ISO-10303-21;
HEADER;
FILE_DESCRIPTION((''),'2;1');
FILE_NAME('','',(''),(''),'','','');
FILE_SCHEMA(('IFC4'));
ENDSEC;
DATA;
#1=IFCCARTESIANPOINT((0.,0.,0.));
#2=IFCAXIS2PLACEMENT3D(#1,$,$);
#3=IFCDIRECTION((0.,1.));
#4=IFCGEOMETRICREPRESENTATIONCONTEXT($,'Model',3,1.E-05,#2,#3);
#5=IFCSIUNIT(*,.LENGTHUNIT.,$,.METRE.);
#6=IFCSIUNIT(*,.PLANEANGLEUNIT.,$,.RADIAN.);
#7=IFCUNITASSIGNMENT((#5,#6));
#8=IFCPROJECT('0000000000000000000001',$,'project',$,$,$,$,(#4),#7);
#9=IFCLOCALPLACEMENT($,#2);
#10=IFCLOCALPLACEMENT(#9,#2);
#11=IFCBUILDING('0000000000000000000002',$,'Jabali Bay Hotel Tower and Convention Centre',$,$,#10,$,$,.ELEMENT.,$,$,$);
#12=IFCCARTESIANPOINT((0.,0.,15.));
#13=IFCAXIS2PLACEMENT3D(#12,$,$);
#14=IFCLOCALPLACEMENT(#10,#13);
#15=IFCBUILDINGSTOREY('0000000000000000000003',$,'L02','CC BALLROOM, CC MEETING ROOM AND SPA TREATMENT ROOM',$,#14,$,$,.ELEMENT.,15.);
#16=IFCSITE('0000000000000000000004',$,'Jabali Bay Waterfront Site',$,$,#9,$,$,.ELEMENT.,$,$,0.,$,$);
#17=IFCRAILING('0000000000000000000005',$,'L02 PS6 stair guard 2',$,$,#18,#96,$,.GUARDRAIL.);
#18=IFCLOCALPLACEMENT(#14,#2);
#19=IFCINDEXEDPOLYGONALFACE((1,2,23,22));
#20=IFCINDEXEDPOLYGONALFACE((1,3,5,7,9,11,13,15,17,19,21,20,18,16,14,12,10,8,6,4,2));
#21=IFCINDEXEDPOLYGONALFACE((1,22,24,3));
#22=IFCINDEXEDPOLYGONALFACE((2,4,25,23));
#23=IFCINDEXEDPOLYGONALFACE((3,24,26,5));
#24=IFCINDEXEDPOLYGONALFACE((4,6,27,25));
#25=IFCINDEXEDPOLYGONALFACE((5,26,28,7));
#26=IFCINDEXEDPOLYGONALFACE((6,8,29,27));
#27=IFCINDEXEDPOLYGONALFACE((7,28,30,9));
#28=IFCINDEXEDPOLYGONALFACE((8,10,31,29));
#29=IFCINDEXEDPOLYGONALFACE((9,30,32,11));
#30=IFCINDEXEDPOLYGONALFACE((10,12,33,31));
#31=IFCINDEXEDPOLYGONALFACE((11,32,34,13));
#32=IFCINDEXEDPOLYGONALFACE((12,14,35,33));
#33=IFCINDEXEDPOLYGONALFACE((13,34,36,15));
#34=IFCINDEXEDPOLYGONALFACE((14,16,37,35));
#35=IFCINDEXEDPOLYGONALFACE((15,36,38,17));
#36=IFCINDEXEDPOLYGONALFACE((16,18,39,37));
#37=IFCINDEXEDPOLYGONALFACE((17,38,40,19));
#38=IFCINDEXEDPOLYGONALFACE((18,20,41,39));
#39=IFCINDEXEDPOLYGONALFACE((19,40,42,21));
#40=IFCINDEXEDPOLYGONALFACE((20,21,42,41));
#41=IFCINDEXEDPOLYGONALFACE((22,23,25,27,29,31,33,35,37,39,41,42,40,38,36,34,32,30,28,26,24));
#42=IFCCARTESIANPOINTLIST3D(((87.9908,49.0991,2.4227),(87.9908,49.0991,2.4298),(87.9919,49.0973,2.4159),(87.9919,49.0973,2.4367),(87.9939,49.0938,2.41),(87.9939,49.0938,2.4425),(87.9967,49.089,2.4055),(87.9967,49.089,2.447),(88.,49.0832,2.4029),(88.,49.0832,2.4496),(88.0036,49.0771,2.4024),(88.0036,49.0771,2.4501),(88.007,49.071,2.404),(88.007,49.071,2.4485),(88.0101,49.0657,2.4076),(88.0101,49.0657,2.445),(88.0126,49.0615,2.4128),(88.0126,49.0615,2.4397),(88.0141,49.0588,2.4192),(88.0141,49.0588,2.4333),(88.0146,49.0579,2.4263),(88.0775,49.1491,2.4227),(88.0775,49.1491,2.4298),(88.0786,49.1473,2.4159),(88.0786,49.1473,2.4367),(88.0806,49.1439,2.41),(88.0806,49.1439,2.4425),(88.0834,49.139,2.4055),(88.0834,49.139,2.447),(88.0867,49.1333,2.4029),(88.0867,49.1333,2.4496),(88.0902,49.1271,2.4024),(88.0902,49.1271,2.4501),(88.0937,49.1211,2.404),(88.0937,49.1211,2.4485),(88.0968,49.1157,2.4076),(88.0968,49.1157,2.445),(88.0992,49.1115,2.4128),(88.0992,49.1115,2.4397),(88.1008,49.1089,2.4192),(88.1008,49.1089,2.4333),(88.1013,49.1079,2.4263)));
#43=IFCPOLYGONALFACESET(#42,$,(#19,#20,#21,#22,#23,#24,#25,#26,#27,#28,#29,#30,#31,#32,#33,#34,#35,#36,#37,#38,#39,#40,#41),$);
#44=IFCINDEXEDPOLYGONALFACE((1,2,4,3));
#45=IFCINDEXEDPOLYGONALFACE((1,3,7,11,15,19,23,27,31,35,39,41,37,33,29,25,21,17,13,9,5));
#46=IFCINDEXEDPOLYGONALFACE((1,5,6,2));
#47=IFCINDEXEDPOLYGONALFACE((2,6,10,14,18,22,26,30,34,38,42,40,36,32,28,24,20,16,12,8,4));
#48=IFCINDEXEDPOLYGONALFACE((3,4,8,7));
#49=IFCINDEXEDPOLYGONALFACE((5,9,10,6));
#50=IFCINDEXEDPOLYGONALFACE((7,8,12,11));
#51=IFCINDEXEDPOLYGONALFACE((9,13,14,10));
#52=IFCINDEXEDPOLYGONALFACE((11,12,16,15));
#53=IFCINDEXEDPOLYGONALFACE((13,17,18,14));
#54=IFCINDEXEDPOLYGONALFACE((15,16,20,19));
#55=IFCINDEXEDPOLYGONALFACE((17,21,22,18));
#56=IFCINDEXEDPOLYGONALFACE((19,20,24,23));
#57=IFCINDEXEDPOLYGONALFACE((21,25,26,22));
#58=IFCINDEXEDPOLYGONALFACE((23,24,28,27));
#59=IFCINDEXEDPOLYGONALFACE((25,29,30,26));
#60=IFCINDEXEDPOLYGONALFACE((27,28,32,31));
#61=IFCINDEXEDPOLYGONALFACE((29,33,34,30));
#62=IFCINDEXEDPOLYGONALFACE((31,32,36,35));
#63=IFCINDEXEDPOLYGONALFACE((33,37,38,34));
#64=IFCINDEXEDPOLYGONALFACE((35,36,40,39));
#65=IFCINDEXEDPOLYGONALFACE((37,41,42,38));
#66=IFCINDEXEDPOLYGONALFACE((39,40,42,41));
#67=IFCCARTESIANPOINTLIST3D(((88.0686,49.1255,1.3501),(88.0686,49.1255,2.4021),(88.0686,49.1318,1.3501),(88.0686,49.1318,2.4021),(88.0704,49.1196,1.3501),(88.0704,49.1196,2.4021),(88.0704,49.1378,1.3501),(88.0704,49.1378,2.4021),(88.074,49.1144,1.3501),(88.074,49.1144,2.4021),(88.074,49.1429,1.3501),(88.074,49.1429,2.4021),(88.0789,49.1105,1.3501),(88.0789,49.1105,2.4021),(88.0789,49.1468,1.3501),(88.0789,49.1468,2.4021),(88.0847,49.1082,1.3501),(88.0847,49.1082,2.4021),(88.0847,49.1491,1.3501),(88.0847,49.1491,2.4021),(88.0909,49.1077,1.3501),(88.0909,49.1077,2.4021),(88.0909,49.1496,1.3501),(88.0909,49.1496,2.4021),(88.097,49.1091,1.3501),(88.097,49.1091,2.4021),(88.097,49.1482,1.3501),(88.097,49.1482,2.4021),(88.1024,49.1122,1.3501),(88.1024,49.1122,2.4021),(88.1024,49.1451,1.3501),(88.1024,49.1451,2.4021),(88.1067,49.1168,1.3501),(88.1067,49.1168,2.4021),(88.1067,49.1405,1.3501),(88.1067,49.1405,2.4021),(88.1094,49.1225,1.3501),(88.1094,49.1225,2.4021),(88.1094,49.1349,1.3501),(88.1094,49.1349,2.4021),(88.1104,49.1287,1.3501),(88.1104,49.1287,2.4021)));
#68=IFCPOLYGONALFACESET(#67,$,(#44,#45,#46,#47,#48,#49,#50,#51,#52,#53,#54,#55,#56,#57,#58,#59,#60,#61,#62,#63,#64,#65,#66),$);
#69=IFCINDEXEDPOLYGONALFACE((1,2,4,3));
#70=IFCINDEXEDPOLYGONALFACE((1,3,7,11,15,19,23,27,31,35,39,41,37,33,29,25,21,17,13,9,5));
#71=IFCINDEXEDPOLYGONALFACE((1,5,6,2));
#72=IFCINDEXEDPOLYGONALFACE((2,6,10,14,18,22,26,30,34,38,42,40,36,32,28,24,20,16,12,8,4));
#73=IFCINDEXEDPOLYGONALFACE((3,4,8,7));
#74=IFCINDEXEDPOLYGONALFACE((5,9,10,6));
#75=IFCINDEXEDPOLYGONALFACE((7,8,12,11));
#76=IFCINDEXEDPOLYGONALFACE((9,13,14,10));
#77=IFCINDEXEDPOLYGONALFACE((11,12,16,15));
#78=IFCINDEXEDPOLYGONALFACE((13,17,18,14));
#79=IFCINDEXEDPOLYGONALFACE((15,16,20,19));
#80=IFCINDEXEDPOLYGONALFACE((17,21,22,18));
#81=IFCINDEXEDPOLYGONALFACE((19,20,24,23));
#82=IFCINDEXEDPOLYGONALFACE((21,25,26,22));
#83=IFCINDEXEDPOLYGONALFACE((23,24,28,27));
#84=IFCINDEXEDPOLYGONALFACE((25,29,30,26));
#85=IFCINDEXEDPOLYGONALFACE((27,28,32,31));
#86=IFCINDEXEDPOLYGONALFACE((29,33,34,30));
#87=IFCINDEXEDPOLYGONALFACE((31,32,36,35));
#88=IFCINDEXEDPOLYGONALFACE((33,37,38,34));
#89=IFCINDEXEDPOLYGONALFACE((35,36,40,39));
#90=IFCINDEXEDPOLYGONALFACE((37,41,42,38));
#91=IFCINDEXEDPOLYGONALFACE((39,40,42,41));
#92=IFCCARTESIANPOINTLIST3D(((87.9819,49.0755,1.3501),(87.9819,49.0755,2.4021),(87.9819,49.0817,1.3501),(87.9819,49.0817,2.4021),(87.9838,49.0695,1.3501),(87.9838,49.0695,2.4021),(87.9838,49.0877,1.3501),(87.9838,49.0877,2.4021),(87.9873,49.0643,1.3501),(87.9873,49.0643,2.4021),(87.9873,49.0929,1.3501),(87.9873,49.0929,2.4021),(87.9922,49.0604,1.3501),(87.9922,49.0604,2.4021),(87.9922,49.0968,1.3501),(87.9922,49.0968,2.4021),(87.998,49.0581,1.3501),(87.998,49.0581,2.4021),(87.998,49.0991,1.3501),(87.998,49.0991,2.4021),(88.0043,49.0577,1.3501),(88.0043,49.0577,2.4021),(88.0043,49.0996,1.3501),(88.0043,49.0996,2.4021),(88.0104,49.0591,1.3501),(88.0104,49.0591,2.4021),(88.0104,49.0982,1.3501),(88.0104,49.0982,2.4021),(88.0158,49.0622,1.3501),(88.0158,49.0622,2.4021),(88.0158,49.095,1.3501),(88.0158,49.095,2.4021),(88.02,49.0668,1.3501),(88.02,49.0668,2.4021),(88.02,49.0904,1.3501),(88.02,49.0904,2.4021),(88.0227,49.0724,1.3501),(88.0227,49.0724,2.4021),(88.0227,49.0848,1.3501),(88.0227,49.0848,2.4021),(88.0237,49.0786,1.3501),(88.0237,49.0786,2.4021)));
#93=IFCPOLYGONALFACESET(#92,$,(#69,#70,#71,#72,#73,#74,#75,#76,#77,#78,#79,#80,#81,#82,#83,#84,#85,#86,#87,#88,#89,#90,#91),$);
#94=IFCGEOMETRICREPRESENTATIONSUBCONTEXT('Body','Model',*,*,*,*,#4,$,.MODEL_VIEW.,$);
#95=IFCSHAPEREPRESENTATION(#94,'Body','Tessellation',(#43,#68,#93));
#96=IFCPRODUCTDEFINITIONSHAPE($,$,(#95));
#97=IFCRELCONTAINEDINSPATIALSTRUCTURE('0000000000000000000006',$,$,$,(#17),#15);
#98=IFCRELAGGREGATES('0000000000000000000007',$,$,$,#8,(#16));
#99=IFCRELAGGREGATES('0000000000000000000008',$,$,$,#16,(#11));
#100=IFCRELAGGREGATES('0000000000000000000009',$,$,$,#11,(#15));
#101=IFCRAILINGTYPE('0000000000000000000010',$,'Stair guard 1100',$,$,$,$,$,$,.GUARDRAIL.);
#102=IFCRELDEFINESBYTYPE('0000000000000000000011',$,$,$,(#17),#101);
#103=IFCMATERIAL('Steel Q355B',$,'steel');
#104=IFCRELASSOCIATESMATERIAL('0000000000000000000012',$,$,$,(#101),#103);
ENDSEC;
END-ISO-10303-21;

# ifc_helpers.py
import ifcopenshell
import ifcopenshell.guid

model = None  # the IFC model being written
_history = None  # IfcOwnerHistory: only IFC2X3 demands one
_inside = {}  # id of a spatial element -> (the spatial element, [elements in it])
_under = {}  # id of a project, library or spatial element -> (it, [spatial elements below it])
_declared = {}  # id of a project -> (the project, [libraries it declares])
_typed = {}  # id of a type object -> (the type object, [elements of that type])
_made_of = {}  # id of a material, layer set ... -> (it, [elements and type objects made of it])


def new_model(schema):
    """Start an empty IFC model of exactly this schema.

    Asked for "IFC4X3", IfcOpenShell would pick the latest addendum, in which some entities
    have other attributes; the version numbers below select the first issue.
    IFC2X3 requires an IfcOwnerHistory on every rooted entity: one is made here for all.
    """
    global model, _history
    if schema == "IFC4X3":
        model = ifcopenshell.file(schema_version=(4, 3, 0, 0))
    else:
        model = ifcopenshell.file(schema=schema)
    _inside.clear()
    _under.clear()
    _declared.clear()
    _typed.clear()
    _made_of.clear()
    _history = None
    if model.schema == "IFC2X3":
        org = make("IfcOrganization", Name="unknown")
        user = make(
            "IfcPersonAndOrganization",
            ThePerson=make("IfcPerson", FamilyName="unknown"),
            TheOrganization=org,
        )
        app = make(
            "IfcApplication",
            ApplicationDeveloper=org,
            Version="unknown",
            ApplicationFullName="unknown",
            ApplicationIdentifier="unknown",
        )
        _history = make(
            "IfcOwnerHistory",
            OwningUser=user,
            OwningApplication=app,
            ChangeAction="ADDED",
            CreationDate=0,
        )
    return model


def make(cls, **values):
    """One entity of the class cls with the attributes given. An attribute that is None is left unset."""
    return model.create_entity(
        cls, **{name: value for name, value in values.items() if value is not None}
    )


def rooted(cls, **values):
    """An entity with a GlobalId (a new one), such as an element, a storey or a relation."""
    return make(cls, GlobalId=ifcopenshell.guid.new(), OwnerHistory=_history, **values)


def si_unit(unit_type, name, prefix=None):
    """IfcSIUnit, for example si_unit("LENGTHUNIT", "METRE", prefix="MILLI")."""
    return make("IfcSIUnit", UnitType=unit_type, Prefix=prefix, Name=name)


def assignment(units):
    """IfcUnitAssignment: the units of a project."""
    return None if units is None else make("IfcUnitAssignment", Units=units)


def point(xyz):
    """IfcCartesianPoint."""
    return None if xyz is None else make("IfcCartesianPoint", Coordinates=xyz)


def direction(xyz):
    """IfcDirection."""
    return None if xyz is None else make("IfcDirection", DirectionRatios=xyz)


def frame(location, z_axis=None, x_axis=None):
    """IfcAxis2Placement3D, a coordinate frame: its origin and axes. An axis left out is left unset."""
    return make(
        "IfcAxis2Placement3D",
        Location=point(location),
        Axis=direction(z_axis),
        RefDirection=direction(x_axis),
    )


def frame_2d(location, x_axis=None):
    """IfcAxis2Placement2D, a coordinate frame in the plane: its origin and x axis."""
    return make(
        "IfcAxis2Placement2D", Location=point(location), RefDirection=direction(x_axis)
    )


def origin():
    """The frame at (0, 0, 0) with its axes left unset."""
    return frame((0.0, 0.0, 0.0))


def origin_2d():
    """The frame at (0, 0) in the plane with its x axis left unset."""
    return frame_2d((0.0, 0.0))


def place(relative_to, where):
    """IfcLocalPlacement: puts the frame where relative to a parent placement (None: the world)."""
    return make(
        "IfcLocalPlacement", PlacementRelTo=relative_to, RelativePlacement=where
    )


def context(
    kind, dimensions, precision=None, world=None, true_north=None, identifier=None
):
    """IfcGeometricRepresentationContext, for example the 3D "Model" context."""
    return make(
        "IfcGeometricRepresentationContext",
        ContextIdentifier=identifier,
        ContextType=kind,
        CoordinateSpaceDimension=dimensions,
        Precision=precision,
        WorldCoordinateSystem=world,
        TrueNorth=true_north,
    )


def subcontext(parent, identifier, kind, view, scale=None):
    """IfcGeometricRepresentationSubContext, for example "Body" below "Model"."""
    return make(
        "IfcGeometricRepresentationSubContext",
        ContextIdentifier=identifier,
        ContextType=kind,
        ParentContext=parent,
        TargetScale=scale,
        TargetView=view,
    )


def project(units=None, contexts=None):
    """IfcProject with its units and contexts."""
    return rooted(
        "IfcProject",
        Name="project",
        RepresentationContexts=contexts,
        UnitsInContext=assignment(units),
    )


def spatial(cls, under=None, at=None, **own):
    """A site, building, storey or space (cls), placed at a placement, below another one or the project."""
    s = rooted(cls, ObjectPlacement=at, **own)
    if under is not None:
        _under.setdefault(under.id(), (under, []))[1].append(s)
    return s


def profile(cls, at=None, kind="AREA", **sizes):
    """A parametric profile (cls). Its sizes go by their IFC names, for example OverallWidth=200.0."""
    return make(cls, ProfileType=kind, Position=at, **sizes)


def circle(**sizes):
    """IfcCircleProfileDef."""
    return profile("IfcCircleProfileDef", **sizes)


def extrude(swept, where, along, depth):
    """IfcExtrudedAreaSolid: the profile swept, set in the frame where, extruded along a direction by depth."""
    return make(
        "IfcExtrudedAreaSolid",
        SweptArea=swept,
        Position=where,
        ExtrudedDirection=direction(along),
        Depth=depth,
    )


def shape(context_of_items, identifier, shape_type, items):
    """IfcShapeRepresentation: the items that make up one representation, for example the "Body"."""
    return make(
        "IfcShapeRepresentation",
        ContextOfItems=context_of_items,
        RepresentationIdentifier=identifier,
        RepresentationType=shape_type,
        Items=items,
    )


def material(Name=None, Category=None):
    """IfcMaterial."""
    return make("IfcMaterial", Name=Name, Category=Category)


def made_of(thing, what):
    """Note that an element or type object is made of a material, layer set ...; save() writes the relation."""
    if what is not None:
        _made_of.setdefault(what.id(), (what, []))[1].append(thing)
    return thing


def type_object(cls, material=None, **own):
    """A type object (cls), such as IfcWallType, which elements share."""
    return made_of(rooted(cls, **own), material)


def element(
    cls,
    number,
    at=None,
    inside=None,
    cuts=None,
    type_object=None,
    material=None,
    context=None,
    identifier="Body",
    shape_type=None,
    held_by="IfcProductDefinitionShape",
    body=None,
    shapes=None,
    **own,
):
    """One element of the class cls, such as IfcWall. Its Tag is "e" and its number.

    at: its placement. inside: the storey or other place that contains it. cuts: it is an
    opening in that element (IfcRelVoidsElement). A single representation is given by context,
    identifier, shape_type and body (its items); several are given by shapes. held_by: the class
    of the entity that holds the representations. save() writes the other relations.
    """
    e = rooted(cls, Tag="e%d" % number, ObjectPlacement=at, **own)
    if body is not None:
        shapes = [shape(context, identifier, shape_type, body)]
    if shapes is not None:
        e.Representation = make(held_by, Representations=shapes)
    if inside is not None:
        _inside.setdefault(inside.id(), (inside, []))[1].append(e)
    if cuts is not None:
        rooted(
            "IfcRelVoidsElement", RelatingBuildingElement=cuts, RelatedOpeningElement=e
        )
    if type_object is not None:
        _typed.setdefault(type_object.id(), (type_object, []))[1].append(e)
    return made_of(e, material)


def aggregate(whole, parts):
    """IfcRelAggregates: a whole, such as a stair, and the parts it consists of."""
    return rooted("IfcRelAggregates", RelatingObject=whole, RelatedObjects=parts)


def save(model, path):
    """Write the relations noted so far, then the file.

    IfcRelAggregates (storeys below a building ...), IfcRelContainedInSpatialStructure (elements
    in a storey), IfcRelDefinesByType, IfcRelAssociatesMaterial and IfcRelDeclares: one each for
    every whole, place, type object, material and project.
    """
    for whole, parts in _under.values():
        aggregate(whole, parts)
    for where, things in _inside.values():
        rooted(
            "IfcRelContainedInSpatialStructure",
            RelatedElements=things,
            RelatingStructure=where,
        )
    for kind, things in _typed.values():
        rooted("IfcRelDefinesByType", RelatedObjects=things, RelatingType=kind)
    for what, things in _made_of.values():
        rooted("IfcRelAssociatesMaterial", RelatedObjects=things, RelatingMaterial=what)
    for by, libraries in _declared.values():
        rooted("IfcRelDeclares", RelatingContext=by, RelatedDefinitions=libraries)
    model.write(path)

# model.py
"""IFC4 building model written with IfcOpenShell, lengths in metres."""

from ifc_helpers import new_model, si_unit, direction, frame, origin, origin_2d, place, context, subcontext, project, spatial, circle, extrude, material, type_object, element, save


model = new_model("IFC4")

# Units and contexts
model_context = context("Model", 3, precision=1e-05, world=origin(), true_north=direction((0.0, 1.0)))
body_context = subcontext(model_context, "Body", "Model", "MODEL_VIEW")
ifc_project = project(units=[si_unit("LENGTHUNIT", "METRE"), si_unit("PLANEANGLEUNIT", "RADIAN")], contexts=[model_context])

# Site, building, storey
site_placement = place(None, origin())
site = spatial("IfcSite", under=ifc_project, at=site_placement, Name="Jabali Bay Waterfront Site", CompositionType="ELEMENT", RefElevation=0.0)
building_placement = place(site_placement, origin())
building = spatial("IfcBuilding", under=site, at=building_placement, Name="Jabali Bay Hotel Tower and Convention Centre", CompositionType="ELEMENT")
storey_placement = place(building_placement, frame((0.0, 0.0, 15.0)))
storey = spatial("IfcBuildingStorey", under=building, at=storey_placement, Name="L02", Description="CC BALLROOM, CC MEETING ROOM AND SPA TREATMENT ROOM", CompositionType="ELEMENT", Elevation=15.0)

# Railing
ifc_material_1 = material(Name="Steel Q355B", Category="steel")
railing_type_1 = type_object("IfcRailingType", Name="Stair guard 1100", PredefinedType="GUARDRAIL", material=ifc_material_1)
railing_1_placement = place(storey_placement, frame((88.0894, 49.1287, 1.3501)))
element("IfcRailing", 1, at=railing_1_placement, inside=storey, type_object=railing_type_1, Name="L02 PS6 stair guard 2", PredefinedType="GUARDRAIL", context=body_context, shape_type="SweptSolid", body=[
    extrude(circle(Radius=0.0239, at=origin_2d()), frame((0.0, 0.0, 1.0762), z_axis=(-0.865982, -0.500074, 0.0), x_axis=(0.500074, -0.865982, 0.0)), (0.0, 0.0, 1.0), 0.1001),
    extrude(circle(Radius=0.021, at=origin_2d()), origin(), (0.0, 0.0, 1.0), 1.052),
    extrude(circle(Radius=0.021, at=origin_2d()), frame((-0.0867, -0.05, 0.0)), (0.0, 0.0, 1.0), 1.052),
])

save(model, "model.ifc")
